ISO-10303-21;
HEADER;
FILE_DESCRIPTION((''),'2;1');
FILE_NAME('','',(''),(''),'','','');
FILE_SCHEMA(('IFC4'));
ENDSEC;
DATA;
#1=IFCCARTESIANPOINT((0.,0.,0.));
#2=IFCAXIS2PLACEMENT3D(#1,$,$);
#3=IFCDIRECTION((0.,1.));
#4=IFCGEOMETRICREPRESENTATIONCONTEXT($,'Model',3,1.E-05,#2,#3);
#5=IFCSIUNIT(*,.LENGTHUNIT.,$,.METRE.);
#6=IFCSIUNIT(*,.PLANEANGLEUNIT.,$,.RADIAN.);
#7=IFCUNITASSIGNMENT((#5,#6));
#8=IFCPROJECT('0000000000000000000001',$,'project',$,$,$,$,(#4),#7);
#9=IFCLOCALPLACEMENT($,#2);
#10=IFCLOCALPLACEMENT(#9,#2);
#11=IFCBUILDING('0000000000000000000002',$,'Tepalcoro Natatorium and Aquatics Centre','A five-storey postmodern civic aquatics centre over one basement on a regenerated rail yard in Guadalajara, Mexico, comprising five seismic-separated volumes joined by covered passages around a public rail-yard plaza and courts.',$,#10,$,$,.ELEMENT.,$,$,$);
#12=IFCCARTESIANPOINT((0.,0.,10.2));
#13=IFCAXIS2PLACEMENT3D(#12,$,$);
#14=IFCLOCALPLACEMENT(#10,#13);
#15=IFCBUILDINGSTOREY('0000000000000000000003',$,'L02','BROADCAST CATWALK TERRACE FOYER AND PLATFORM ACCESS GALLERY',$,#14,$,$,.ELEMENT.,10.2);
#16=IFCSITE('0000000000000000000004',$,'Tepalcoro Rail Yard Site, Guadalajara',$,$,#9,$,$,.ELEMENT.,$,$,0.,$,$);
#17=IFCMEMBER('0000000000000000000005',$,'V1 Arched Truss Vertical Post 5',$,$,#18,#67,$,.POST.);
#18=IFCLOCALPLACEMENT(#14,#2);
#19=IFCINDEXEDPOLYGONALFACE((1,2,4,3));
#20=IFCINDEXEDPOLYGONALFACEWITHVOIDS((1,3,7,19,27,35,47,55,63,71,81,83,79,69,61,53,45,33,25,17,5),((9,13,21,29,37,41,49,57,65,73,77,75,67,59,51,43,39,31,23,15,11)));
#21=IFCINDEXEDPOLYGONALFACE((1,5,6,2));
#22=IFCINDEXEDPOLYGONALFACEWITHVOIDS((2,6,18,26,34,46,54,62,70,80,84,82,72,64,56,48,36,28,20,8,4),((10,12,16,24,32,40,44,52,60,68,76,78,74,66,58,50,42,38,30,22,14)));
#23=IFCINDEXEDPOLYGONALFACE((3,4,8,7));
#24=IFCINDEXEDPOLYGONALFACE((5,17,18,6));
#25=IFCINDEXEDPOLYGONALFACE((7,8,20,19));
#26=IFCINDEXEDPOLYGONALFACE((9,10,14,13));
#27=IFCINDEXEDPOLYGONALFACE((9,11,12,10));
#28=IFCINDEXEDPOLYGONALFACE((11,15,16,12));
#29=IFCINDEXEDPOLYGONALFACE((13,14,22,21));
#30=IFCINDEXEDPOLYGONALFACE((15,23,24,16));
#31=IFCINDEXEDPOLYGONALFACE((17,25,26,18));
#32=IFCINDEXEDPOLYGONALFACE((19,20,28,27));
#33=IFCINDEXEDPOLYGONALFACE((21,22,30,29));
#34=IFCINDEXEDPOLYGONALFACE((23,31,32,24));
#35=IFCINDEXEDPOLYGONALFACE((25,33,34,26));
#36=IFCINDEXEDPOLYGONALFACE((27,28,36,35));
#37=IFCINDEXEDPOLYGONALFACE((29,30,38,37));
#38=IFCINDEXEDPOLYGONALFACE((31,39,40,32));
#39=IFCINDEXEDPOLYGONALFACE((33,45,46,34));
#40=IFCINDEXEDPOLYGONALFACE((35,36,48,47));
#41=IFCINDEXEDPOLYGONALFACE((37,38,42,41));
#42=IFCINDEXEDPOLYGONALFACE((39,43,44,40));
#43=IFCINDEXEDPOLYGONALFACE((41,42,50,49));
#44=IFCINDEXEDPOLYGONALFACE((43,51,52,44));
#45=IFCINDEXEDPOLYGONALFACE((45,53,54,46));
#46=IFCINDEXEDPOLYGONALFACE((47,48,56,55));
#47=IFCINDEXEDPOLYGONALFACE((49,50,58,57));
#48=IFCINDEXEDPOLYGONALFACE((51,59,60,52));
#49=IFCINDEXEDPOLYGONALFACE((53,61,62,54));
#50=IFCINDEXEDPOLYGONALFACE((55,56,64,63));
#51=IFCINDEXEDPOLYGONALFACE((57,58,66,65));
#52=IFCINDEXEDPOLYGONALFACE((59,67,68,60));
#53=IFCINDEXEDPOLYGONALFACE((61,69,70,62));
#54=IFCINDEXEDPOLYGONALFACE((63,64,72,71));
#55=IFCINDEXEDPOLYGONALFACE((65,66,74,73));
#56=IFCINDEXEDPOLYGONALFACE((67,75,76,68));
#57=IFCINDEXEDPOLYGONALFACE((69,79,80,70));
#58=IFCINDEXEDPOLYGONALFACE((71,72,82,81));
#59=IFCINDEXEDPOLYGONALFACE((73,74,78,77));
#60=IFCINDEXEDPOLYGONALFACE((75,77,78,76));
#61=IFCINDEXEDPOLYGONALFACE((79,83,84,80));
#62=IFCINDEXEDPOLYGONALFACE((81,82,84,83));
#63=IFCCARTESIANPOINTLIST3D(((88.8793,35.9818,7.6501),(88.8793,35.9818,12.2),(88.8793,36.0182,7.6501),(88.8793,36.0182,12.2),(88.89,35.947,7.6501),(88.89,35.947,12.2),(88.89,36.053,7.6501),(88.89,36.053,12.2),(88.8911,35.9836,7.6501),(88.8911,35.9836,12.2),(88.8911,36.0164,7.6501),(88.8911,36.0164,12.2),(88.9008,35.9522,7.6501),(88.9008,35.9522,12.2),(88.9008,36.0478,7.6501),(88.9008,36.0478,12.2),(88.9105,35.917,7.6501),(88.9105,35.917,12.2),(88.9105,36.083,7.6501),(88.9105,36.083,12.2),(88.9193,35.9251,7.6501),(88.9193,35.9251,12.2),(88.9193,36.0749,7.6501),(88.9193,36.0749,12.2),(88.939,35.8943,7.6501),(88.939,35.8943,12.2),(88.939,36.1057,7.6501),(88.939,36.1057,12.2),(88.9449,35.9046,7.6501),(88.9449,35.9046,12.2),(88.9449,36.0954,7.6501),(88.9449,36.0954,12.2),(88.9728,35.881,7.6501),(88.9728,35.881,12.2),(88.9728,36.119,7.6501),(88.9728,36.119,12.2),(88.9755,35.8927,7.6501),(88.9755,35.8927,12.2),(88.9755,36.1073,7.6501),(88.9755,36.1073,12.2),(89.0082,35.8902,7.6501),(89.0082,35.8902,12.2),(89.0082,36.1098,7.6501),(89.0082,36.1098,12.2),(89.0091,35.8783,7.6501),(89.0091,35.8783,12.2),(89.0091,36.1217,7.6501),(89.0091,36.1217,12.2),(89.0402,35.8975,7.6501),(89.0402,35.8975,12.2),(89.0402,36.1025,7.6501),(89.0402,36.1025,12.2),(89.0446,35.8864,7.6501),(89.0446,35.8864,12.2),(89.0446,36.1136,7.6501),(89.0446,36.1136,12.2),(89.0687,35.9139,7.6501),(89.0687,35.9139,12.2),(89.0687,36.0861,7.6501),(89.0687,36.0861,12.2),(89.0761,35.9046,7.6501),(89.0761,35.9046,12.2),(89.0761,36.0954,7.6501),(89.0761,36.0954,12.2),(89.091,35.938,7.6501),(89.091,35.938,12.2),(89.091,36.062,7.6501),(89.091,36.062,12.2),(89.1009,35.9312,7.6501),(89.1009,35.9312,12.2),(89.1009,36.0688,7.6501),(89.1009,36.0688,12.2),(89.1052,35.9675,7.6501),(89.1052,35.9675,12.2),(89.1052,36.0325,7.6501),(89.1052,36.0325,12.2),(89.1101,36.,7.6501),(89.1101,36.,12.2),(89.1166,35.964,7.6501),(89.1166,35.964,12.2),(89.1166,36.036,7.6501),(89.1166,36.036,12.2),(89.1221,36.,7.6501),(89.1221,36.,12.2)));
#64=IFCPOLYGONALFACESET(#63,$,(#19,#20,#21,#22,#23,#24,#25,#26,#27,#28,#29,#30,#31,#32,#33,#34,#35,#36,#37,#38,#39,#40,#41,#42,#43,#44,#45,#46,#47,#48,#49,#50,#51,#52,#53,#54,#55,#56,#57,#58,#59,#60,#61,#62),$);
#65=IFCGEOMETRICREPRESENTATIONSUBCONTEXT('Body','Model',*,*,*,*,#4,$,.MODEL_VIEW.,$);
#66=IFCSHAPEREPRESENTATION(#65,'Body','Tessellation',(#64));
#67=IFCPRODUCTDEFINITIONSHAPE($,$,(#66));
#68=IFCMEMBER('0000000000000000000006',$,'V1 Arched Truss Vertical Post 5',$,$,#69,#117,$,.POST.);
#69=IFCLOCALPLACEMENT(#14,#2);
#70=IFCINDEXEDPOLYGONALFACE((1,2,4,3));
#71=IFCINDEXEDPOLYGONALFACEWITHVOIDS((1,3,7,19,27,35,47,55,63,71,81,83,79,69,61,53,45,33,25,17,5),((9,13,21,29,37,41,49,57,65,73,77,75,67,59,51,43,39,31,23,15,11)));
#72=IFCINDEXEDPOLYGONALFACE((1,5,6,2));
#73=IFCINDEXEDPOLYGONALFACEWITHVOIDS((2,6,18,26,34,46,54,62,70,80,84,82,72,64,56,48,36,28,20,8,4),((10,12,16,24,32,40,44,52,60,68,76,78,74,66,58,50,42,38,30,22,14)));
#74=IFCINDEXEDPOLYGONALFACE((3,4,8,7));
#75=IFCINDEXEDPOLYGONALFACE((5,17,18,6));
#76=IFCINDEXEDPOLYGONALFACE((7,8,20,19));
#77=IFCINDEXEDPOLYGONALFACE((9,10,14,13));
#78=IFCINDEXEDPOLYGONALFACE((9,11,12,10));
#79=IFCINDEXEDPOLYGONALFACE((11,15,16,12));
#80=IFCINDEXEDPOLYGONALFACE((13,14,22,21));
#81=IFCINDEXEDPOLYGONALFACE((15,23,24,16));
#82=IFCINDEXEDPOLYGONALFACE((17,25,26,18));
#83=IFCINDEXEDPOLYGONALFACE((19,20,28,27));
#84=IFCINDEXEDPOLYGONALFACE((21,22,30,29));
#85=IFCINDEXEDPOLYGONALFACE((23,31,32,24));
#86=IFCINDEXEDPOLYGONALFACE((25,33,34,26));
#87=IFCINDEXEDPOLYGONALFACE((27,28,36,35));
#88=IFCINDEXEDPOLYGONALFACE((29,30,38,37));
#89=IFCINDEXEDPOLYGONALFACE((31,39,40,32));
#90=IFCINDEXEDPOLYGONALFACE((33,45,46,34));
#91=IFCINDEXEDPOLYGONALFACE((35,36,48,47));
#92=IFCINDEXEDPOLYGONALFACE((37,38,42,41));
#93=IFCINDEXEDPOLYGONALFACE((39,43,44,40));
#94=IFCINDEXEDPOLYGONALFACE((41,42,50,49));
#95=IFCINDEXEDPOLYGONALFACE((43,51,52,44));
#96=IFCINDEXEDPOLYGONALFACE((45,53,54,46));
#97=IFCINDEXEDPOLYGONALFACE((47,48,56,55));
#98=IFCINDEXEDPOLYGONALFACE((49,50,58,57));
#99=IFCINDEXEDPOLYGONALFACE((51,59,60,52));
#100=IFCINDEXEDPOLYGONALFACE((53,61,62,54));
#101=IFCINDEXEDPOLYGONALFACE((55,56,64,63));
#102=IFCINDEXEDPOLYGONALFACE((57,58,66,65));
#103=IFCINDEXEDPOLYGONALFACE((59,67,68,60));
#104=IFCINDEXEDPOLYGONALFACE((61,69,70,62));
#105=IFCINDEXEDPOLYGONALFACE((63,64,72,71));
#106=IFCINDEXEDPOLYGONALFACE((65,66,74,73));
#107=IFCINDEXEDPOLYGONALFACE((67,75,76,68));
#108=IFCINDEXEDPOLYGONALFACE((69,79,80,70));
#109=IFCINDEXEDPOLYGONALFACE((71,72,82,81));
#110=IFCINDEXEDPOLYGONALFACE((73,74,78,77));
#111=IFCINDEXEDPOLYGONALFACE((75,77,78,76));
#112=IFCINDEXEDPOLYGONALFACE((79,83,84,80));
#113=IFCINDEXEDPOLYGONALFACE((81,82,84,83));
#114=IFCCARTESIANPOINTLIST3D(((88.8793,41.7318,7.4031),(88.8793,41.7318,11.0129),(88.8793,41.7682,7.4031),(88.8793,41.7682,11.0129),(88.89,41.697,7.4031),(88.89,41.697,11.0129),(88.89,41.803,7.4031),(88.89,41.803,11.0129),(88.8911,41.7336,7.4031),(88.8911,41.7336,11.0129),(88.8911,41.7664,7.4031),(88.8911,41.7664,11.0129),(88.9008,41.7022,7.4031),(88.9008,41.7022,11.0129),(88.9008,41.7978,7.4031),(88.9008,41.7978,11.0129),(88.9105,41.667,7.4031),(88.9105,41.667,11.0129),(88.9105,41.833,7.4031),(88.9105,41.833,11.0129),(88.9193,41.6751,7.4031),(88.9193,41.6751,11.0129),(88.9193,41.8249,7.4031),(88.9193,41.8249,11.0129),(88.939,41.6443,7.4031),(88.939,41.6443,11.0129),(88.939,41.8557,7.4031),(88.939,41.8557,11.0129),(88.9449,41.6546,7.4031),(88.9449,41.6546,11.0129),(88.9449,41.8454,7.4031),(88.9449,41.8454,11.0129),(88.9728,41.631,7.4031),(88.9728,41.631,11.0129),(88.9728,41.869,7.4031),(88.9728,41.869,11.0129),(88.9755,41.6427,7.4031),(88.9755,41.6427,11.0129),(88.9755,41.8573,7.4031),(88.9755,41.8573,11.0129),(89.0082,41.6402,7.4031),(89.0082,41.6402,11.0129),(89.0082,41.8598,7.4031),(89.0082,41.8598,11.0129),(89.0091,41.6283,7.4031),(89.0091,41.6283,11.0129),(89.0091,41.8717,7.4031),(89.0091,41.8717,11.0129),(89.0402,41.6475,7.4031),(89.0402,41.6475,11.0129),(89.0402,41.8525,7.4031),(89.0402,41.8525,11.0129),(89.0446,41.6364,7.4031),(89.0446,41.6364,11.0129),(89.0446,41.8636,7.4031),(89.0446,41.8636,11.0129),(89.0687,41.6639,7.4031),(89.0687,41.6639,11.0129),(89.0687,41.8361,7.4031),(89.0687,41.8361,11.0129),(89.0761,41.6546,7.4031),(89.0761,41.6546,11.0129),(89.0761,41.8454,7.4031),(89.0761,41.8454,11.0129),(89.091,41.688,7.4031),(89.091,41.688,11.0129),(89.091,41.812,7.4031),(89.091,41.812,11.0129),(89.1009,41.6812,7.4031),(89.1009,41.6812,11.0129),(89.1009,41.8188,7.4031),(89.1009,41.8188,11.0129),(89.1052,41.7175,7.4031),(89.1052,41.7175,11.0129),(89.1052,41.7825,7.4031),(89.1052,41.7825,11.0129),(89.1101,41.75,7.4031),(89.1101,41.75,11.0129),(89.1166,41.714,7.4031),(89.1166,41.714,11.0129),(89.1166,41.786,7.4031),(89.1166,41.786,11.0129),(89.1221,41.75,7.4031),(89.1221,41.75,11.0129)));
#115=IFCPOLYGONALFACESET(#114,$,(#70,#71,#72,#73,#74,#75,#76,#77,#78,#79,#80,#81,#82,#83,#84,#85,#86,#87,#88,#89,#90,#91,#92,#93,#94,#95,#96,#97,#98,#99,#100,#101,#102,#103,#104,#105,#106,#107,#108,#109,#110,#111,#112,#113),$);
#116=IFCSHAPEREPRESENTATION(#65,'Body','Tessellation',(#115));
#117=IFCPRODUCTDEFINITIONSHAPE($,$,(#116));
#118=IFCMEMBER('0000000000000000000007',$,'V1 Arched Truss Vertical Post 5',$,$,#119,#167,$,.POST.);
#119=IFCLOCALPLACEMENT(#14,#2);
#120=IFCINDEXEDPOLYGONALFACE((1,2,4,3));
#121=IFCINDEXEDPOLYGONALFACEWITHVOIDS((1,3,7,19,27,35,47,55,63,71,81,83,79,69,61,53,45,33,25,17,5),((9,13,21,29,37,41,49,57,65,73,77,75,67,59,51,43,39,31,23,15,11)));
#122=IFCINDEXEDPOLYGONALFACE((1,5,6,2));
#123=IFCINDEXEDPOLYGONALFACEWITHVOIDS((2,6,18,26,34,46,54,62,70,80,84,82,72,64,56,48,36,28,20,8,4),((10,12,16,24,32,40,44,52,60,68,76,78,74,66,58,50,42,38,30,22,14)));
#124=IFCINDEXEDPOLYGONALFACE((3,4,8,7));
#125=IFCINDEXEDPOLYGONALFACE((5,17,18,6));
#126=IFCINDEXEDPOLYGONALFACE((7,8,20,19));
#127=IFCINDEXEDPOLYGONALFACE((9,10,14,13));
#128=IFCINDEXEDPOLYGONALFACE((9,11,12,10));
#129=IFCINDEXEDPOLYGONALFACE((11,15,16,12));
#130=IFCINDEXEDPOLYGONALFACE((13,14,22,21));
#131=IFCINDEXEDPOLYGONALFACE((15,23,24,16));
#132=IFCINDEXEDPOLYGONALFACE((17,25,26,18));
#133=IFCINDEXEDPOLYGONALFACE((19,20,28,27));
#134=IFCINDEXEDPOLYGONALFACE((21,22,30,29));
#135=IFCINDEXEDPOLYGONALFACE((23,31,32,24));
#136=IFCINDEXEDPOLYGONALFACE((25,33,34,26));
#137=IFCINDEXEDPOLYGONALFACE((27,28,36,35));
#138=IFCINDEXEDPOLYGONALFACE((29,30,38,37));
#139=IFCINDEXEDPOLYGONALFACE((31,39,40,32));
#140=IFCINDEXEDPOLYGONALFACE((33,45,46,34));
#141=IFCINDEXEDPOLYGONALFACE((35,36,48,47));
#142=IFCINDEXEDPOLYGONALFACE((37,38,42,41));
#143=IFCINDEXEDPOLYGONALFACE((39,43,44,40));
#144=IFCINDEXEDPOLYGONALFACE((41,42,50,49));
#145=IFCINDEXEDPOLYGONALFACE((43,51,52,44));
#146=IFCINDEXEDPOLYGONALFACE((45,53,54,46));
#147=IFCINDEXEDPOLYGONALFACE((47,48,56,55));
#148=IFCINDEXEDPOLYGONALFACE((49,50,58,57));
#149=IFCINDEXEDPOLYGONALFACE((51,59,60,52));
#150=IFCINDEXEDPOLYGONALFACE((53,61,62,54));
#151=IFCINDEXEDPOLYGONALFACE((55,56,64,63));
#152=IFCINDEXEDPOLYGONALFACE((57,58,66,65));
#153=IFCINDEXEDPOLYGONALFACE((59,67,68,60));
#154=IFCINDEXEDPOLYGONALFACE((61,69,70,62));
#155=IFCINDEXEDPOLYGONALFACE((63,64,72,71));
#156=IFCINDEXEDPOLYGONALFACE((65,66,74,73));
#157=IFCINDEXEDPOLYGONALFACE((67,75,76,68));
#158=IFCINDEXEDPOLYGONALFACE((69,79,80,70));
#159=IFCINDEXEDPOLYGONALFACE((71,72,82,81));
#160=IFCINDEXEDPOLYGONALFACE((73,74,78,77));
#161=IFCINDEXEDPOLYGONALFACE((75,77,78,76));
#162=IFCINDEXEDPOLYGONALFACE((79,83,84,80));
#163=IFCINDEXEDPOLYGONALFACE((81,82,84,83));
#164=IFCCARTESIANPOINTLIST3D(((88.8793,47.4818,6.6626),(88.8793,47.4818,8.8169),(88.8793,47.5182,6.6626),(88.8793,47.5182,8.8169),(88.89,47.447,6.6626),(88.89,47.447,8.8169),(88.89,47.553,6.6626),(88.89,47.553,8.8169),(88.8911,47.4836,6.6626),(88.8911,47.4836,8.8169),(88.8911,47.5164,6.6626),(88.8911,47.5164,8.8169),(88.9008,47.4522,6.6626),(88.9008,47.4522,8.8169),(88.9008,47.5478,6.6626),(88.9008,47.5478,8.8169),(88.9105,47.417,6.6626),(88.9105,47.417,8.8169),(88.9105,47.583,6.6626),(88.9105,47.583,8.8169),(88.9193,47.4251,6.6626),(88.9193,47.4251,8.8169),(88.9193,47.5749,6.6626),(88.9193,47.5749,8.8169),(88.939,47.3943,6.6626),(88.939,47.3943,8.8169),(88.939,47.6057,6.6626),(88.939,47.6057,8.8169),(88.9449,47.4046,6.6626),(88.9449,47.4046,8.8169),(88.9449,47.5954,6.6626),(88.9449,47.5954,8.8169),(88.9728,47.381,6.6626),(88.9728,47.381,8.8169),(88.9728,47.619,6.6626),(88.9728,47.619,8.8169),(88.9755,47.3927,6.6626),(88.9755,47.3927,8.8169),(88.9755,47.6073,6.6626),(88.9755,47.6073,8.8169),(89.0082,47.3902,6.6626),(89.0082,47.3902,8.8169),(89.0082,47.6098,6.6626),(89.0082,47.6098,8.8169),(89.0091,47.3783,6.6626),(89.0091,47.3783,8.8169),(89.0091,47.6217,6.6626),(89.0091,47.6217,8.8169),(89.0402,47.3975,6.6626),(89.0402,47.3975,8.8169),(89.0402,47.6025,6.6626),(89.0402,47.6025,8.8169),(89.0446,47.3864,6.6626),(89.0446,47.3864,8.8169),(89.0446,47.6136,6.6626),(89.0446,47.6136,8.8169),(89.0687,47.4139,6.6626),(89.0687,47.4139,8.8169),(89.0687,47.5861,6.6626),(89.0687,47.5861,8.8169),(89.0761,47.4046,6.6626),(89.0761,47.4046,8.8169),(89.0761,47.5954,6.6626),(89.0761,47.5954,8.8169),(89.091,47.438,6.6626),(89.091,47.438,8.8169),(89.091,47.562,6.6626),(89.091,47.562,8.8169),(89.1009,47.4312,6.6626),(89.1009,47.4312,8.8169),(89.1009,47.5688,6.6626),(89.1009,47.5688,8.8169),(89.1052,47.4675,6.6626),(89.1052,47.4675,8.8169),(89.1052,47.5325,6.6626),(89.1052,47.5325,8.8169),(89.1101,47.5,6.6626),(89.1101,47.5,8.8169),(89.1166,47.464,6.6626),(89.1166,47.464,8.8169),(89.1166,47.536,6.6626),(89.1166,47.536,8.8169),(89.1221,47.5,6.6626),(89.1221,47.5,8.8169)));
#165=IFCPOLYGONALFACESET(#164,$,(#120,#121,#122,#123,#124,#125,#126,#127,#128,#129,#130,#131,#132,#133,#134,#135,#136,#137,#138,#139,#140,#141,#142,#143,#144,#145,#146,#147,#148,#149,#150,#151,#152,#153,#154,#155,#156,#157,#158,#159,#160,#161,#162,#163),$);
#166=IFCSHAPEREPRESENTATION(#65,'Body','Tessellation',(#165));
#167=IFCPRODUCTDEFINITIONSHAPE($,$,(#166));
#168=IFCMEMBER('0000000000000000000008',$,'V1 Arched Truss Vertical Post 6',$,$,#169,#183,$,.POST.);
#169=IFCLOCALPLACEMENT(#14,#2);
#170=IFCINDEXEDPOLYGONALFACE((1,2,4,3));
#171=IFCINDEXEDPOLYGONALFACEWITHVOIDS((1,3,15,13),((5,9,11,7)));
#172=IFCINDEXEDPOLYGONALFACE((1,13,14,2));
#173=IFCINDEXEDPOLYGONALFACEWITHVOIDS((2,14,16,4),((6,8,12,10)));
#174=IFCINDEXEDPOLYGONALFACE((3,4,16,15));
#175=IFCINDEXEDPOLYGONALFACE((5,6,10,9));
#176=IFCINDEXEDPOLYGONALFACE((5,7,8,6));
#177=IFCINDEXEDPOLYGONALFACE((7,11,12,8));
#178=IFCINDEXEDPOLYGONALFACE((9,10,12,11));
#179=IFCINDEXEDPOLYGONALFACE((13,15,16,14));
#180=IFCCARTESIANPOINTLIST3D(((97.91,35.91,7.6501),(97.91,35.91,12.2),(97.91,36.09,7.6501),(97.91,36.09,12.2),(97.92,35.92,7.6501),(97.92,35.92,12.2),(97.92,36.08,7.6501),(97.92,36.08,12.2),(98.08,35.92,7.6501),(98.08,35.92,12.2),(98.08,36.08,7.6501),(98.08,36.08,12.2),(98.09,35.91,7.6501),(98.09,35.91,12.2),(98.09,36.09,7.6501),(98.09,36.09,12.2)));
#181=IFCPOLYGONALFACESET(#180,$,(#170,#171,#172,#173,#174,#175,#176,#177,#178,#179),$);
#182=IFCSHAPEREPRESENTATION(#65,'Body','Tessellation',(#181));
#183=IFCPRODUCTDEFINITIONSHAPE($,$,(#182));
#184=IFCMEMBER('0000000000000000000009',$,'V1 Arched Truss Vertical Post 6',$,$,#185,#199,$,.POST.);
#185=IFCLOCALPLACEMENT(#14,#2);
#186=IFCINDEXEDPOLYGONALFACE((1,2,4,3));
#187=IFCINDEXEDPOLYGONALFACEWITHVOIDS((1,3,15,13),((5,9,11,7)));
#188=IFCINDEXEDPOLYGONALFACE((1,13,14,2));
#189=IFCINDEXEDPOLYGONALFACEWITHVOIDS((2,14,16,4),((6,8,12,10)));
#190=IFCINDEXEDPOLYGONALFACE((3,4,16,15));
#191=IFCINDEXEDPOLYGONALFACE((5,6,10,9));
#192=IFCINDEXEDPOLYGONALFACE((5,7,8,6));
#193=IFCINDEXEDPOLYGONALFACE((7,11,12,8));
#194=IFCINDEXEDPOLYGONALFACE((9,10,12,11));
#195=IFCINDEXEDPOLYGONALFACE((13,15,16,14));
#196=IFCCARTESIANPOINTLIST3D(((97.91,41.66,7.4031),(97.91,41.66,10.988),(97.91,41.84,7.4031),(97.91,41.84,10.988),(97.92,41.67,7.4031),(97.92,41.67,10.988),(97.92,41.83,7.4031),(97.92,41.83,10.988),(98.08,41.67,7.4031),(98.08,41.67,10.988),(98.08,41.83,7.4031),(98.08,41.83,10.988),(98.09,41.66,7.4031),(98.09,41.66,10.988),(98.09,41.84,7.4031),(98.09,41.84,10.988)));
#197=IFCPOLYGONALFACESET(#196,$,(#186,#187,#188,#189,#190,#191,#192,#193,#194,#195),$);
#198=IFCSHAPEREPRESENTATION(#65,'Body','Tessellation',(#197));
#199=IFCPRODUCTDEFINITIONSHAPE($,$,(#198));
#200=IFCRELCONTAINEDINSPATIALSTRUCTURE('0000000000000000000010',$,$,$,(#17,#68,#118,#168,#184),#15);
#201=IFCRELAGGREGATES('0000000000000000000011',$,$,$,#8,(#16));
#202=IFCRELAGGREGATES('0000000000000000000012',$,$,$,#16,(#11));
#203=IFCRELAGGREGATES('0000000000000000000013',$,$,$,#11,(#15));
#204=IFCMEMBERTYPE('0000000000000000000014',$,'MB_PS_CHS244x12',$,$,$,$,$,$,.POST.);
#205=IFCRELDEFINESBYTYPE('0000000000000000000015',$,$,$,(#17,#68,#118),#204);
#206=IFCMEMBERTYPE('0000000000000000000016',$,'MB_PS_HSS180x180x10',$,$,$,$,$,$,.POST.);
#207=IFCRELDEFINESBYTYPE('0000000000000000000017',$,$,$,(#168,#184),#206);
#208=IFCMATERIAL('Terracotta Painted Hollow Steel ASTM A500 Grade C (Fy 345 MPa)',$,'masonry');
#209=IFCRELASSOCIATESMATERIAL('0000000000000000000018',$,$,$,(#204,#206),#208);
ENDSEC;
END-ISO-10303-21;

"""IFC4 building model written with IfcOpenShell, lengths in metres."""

from ifc_helpers import new_model, si_unit, direction, frame, origin, origin_2d, place, context, subcontext, project, spatial, hollow_rectangle, hollow_circle, extrude, material, material_profile, profile_set, type_object, element, save


model = new_model("IFC4")

# Units and contexts
model_context = context("Model", 3, precision=1e-05, world=origin(), true_north=direction((0.0, 1.0)))
body_context = subcontext(model_context, "Body", "Model", "MODEL_VIEW")
ifc_project = project(units=[si_unit("LENGTHUNIT", "METRE"), si_unit("PLANEANGLEUNIT", "RADIAN")], contexts=[model_context])

# Site, building, storey
site_placement = place(None, origin())
site = spatial("IfcSite", under=ifc_project, at=site_placement, Name="Tepalcoro Rail Yard Site, Guadalajara", CompositionType="ELEMENT", RefElevation=0.0)
building_placement = place(site_placement, origin())
building = spatial("IfcBuilding", under=site, at=building_placement, Name="Tepalcoro Natatorium and Aquatics Centre", Description="A five-storey postmodern civic aquatics centre over one basement on a regenerated rail yard in Guadalajara, Mexico, comprising five seismic-separated volumes joined by covered passages around a public rail-yard plaza and courts.", CompositionType="ELEMENT")
storey_placement = place(building_placement, frame((0.0, 0.0, 10.2)))
storey = spatial("IfcBuildingStorey", under=building, at=storey_placement, Name="L02", Description="BROADCAST CATWALK TERRACE FOYER AND PLATFORM ACCESS GALLERY", CompositionType="ELEMENT", Elevation=10.2)

# Shared definitions
ifc_material_1 = material(Name="Terracotta Painted Hollow Steel ASTM A500 Grade C (Fy 345 MPa)", Category="masonry")

# Members
ifc_material_profile_1 = material_profile(ifc_material_1, hollow_circle(Radius=0.1221, WallThickness=0.012, at=origin_2d()), Name="CHS244X12")
ifc_profile_set_1 = profile_set([ifc_material_profile_1], Name="Terracotta Painted Hollow Steel ASTM A500 Grade C (Fy 345 MPa)")
member_type_1 = type_object("IfcMemberType", Name="MB_PS_CHS244x12", PredefinedType="POST", material=ifc_profile_set_1)
member_1_placement = place(storey_placement, frame((89.0, 36.0, 7.6501), z_axis=(0.0, 0.0, 1.0), x_axis=(1.0, 0.0, 0.0)))
element("IfcMember", 1, at=member_1_placement, inside=storey, type_object=member_type_1, Name="V1 Arched Truss Vertical Post 5", PredefinedType="POST", context=body_context, shape_type="SweptSolid", body=[
    extrude(hollow_circle(Radius=0.1221, WallThickness=0.012, at=origin_2d()), origin(), (0.0, 0.0, 1.0), 4.5498),
])
member_2_placement = place(storey_placement, frame((89.0, 41.75, 7.4031), z_axis=(0.0, 0.0, 1.0), x_axis=(1.0, 0.0, 0.0)))
element("IfcMember", 2, at=member_2_placement, inside=storey, type_object=member_type_1, Name="V1 Arched Truss Vertical Post 5", PredefinedType="POST", context=body_context, shape_type="SweptSolid", body=[
    extrude(hollow_circle(Radius=0.1221, WallThickness=0.012, at=origin_2d()), origin(), (0.0, 0.0, 1.0), 3.6099),
])
member_3_placement = place(storey_placement, frame((89.0, 47.5, 6.6626), z_axis=(0.0, 0.0, 1.0), x_axis=(1.0, 0.0, 0.0)))
element("IfcMember", 3, at=member_3_placement, inside=storey, type_object=member_type_1, Name="V1 Arched Truss Vertical Post 5", PredefinedType="POST", context=body_context, shape_type="SweptSolid", body=[
    extrude(hollow_circle(Radius=0.1221, WallThickness=0.012, at=origin_2d()), origin(), (0.0, 0.0, 1.0), 2.1543),
])
ifc_material_profile_2 = material_profile(ifc_material_1, hollow_rectangle(XDim=0.1799, YDim=0.1799, WallThickness=0.01, at=origin_2d()), Name="HSS180X180X10")
ifc_profile_set_2 = profile_set([ifc_material_profile_2], Name="Terracotta Painted Hollow Steel ASTM A500 Grade C (Fy 345 MPa)")
member_type_2 = type_object("IfcMemberType", Name="MB_PS_HSS180x180x10", PredefinedType="POST", material=ifc_profile_set_2)
member_4_placement = place(storey_placement, frame((98.0, 36.0, 7.6501), z_axis=(0.0, 0.0, 1.0), x_axis=(1.0, 0.0, 0.0)))
element("IfcMember", 4, at=member_4_placement, inside=storey, type_object=member_type_2, Name="V1 Arched Truss Vertical Post 6", PredefinedType="POST", context=body_context, shape_type="SweptSolid", body=[
    extrude(hollow_rectangle(XDim=0.1799, YDim=0.1799, WallThickness=0.01, at=origin_2d()), origin(), (0.0, 0.0, 1.0), 4.5498),
])
member_5_placement = place(storey_placement, frame((98.0, 41.75, 7.4031), z_axis=(0.0, 0.0, 1.0), x_axis=(1.0, 0.0, 0.0)))
element("IfcMember", 5, at=member_5_placement, inside=storey, type_object=member_type_2, Name="V1 Arched Truss Vertical Post 6", PredefinedType="POST", context=body_context, shape_type="SweptSolid", body=[
    extrude(hollow_rectangle(XDim=0.1799, YDim=0.1799, WallThickness=0.01, at=origin_2d()), origin(), (0.0, 0.0, 1.0), 3.585),
])

save(model, "model.ifc")
